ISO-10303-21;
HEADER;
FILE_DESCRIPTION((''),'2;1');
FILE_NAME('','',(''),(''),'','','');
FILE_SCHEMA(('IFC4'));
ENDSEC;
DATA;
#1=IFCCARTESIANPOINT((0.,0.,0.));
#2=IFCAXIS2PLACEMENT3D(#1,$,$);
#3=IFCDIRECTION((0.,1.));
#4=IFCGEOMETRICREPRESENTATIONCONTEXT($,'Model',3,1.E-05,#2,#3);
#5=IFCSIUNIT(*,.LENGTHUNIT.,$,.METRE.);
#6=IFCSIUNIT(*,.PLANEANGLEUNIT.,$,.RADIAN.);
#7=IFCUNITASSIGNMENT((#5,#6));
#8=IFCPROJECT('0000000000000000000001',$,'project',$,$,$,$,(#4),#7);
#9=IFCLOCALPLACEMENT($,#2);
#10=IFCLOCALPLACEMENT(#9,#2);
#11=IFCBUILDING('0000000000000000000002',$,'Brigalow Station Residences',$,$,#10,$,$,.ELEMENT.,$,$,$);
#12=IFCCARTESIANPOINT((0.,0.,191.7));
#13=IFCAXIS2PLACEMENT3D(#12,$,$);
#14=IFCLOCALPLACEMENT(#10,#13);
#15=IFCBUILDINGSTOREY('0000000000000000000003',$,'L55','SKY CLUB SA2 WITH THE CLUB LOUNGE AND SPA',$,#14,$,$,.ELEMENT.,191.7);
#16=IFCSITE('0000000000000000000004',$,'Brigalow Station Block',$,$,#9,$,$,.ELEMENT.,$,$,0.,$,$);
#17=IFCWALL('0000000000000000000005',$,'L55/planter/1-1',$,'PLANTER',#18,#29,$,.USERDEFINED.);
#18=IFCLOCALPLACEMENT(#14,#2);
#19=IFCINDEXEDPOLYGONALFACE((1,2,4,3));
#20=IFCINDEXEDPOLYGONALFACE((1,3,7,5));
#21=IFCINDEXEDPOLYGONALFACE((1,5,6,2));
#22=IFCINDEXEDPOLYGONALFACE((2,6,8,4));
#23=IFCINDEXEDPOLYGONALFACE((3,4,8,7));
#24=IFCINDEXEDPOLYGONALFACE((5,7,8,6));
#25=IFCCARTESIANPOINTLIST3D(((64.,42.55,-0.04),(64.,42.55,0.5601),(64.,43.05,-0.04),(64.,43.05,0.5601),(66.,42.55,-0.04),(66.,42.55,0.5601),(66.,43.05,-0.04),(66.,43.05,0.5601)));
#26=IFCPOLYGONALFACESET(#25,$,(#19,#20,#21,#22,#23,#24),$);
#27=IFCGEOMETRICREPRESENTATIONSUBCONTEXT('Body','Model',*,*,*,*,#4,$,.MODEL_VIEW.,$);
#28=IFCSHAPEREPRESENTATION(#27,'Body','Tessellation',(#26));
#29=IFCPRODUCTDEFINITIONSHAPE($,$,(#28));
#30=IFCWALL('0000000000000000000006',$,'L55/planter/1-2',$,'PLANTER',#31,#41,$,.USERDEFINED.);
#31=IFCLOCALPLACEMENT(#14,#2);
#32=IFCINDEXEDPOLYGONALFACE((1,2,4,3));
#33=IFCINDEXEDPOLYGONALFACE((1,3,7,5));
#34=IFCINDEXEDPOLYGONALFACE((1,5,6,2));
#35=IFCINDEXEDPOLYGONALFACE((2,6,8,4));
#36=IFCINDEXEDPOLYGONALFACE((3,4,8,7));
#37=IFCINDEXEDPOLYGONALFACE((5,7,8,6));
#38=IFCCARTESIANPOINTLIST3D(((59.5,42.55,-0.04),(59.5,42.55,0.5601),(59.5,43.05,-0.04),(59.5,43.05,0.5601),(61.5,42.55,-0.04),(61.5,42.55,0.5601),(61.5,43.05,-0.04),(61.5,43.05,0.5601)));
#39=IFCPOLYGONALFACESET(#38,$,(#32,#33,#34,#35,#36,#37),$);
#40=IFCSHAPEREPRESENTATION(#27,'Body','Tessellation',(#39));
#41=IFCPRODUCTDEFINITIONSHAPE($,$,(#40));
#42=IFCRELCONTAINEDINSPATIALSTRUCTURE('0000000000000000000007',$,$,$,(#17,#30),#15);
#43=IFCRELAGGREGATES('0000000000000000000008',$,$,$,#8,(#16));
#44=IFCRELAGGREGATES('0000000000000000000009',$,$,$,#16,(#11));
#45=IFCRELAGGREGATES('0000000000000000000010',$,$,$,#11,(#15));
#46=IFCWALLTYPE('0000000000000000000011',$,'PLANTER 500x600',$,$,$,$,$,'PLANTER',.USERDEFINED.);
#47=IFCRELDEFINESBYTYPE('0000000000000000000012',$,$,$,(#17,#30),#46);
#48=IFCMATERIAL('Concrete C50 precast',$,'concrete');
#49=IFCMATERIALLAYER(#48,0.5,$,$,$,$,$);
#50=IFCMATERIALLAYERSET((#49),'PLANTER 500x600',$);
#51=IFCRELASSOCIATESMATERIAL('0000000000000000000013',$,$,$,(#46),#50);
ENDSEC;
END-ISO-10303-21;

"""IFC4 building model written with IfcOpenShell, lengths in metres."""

from ifc_helpers import new_model, si_unit, direction, frame, frame_2d, origin, place, context, subcontext, project, spatial, rectangle, extrude, material, layer, layer_set, type_object, element, save


model = new_model("IFC4")

# Units and contexts
model_context = context("Model", 3, precision=1e-05, world=origin(), true_north=direction((0.0, 1.0)))
body_context = subcontext(model_context, "Body", "Model", "MODEL_VIEW")
ifc_project = project(units=[si_unit("LENGTHUNIT", "METRE"), si_unit("PLANEANGLEUNIT", "RADIAN")], contexts=[model_context])

# Site, building, storey
site_placement = place(None, origin())
site = spatial("IfcSite", under=ifc_project, at=site_placement, Name="Brigalow Station Block", CompositionType="ELEMENT", RefElevation=0.0)
building_placement = place(site_placement, origin())
building = spatial("IfcBuilding", under=site, at=building_placement, Name="Brigalow Station Residences", CompositionType="ELEMENT")
storey_placement = place(building_placement, frame((0.0, 0.0, 191.7)))
storey = spatial("IfcBuildingStorey", under=building, at=storey_placement, Name="L55", Description="SKY CLUB SA2 WITH THE CLUB LOUNGE AND SPA", CompositionType="ELEMENT", Elevation=191.7)

# Walls
ifc_material_1 = material(Name="Concrete C50 precast", Category="concrete")
ifc_layer_1 = layer(ifc_material_1, 0.5)
ifc_layer_set_1 = layer_set([ifc_layer_1], Name="PLANTER 500x600")
wall_type_1 = type_object("IfcWallType", Name="PLANTER 500x600", ElementType="PLANTER", PredefinedType="USERDEFINED", material=ifc_layer_set_1)
for number, where, z_axis, x_axis, name in (
    (1, (66.0, 42.8, -0.04), (0.0, 0.0, 1.0), (-1.0, 0.0, 0.0), "L55/planter/1-1"),
    (2, (61.5, 42.8, -0.04), (0.0, 0.0, 1.0), (-1.0, 0.0, 0.0), "L55/planter/1-2"),
):
    element("IfcWall", number, at=place(storey_placement, frame(where, z_axis=z_axis, x_axis=x_axis)), inside=storey, type_object=wall_type_1, Name=name, ObjectType="PLANTER", PredefinedType="USERDEFINED", context=body_context, shape_type="SweptSolid", body=[
        extrude(rectangle(XDim=2.0, YDim=0.5, at=frame_2d((1.0, 0.0))), origin(), (0.0, 0.0, 1.0), 0.6001),
    ])

save(model, "model.ifc")
